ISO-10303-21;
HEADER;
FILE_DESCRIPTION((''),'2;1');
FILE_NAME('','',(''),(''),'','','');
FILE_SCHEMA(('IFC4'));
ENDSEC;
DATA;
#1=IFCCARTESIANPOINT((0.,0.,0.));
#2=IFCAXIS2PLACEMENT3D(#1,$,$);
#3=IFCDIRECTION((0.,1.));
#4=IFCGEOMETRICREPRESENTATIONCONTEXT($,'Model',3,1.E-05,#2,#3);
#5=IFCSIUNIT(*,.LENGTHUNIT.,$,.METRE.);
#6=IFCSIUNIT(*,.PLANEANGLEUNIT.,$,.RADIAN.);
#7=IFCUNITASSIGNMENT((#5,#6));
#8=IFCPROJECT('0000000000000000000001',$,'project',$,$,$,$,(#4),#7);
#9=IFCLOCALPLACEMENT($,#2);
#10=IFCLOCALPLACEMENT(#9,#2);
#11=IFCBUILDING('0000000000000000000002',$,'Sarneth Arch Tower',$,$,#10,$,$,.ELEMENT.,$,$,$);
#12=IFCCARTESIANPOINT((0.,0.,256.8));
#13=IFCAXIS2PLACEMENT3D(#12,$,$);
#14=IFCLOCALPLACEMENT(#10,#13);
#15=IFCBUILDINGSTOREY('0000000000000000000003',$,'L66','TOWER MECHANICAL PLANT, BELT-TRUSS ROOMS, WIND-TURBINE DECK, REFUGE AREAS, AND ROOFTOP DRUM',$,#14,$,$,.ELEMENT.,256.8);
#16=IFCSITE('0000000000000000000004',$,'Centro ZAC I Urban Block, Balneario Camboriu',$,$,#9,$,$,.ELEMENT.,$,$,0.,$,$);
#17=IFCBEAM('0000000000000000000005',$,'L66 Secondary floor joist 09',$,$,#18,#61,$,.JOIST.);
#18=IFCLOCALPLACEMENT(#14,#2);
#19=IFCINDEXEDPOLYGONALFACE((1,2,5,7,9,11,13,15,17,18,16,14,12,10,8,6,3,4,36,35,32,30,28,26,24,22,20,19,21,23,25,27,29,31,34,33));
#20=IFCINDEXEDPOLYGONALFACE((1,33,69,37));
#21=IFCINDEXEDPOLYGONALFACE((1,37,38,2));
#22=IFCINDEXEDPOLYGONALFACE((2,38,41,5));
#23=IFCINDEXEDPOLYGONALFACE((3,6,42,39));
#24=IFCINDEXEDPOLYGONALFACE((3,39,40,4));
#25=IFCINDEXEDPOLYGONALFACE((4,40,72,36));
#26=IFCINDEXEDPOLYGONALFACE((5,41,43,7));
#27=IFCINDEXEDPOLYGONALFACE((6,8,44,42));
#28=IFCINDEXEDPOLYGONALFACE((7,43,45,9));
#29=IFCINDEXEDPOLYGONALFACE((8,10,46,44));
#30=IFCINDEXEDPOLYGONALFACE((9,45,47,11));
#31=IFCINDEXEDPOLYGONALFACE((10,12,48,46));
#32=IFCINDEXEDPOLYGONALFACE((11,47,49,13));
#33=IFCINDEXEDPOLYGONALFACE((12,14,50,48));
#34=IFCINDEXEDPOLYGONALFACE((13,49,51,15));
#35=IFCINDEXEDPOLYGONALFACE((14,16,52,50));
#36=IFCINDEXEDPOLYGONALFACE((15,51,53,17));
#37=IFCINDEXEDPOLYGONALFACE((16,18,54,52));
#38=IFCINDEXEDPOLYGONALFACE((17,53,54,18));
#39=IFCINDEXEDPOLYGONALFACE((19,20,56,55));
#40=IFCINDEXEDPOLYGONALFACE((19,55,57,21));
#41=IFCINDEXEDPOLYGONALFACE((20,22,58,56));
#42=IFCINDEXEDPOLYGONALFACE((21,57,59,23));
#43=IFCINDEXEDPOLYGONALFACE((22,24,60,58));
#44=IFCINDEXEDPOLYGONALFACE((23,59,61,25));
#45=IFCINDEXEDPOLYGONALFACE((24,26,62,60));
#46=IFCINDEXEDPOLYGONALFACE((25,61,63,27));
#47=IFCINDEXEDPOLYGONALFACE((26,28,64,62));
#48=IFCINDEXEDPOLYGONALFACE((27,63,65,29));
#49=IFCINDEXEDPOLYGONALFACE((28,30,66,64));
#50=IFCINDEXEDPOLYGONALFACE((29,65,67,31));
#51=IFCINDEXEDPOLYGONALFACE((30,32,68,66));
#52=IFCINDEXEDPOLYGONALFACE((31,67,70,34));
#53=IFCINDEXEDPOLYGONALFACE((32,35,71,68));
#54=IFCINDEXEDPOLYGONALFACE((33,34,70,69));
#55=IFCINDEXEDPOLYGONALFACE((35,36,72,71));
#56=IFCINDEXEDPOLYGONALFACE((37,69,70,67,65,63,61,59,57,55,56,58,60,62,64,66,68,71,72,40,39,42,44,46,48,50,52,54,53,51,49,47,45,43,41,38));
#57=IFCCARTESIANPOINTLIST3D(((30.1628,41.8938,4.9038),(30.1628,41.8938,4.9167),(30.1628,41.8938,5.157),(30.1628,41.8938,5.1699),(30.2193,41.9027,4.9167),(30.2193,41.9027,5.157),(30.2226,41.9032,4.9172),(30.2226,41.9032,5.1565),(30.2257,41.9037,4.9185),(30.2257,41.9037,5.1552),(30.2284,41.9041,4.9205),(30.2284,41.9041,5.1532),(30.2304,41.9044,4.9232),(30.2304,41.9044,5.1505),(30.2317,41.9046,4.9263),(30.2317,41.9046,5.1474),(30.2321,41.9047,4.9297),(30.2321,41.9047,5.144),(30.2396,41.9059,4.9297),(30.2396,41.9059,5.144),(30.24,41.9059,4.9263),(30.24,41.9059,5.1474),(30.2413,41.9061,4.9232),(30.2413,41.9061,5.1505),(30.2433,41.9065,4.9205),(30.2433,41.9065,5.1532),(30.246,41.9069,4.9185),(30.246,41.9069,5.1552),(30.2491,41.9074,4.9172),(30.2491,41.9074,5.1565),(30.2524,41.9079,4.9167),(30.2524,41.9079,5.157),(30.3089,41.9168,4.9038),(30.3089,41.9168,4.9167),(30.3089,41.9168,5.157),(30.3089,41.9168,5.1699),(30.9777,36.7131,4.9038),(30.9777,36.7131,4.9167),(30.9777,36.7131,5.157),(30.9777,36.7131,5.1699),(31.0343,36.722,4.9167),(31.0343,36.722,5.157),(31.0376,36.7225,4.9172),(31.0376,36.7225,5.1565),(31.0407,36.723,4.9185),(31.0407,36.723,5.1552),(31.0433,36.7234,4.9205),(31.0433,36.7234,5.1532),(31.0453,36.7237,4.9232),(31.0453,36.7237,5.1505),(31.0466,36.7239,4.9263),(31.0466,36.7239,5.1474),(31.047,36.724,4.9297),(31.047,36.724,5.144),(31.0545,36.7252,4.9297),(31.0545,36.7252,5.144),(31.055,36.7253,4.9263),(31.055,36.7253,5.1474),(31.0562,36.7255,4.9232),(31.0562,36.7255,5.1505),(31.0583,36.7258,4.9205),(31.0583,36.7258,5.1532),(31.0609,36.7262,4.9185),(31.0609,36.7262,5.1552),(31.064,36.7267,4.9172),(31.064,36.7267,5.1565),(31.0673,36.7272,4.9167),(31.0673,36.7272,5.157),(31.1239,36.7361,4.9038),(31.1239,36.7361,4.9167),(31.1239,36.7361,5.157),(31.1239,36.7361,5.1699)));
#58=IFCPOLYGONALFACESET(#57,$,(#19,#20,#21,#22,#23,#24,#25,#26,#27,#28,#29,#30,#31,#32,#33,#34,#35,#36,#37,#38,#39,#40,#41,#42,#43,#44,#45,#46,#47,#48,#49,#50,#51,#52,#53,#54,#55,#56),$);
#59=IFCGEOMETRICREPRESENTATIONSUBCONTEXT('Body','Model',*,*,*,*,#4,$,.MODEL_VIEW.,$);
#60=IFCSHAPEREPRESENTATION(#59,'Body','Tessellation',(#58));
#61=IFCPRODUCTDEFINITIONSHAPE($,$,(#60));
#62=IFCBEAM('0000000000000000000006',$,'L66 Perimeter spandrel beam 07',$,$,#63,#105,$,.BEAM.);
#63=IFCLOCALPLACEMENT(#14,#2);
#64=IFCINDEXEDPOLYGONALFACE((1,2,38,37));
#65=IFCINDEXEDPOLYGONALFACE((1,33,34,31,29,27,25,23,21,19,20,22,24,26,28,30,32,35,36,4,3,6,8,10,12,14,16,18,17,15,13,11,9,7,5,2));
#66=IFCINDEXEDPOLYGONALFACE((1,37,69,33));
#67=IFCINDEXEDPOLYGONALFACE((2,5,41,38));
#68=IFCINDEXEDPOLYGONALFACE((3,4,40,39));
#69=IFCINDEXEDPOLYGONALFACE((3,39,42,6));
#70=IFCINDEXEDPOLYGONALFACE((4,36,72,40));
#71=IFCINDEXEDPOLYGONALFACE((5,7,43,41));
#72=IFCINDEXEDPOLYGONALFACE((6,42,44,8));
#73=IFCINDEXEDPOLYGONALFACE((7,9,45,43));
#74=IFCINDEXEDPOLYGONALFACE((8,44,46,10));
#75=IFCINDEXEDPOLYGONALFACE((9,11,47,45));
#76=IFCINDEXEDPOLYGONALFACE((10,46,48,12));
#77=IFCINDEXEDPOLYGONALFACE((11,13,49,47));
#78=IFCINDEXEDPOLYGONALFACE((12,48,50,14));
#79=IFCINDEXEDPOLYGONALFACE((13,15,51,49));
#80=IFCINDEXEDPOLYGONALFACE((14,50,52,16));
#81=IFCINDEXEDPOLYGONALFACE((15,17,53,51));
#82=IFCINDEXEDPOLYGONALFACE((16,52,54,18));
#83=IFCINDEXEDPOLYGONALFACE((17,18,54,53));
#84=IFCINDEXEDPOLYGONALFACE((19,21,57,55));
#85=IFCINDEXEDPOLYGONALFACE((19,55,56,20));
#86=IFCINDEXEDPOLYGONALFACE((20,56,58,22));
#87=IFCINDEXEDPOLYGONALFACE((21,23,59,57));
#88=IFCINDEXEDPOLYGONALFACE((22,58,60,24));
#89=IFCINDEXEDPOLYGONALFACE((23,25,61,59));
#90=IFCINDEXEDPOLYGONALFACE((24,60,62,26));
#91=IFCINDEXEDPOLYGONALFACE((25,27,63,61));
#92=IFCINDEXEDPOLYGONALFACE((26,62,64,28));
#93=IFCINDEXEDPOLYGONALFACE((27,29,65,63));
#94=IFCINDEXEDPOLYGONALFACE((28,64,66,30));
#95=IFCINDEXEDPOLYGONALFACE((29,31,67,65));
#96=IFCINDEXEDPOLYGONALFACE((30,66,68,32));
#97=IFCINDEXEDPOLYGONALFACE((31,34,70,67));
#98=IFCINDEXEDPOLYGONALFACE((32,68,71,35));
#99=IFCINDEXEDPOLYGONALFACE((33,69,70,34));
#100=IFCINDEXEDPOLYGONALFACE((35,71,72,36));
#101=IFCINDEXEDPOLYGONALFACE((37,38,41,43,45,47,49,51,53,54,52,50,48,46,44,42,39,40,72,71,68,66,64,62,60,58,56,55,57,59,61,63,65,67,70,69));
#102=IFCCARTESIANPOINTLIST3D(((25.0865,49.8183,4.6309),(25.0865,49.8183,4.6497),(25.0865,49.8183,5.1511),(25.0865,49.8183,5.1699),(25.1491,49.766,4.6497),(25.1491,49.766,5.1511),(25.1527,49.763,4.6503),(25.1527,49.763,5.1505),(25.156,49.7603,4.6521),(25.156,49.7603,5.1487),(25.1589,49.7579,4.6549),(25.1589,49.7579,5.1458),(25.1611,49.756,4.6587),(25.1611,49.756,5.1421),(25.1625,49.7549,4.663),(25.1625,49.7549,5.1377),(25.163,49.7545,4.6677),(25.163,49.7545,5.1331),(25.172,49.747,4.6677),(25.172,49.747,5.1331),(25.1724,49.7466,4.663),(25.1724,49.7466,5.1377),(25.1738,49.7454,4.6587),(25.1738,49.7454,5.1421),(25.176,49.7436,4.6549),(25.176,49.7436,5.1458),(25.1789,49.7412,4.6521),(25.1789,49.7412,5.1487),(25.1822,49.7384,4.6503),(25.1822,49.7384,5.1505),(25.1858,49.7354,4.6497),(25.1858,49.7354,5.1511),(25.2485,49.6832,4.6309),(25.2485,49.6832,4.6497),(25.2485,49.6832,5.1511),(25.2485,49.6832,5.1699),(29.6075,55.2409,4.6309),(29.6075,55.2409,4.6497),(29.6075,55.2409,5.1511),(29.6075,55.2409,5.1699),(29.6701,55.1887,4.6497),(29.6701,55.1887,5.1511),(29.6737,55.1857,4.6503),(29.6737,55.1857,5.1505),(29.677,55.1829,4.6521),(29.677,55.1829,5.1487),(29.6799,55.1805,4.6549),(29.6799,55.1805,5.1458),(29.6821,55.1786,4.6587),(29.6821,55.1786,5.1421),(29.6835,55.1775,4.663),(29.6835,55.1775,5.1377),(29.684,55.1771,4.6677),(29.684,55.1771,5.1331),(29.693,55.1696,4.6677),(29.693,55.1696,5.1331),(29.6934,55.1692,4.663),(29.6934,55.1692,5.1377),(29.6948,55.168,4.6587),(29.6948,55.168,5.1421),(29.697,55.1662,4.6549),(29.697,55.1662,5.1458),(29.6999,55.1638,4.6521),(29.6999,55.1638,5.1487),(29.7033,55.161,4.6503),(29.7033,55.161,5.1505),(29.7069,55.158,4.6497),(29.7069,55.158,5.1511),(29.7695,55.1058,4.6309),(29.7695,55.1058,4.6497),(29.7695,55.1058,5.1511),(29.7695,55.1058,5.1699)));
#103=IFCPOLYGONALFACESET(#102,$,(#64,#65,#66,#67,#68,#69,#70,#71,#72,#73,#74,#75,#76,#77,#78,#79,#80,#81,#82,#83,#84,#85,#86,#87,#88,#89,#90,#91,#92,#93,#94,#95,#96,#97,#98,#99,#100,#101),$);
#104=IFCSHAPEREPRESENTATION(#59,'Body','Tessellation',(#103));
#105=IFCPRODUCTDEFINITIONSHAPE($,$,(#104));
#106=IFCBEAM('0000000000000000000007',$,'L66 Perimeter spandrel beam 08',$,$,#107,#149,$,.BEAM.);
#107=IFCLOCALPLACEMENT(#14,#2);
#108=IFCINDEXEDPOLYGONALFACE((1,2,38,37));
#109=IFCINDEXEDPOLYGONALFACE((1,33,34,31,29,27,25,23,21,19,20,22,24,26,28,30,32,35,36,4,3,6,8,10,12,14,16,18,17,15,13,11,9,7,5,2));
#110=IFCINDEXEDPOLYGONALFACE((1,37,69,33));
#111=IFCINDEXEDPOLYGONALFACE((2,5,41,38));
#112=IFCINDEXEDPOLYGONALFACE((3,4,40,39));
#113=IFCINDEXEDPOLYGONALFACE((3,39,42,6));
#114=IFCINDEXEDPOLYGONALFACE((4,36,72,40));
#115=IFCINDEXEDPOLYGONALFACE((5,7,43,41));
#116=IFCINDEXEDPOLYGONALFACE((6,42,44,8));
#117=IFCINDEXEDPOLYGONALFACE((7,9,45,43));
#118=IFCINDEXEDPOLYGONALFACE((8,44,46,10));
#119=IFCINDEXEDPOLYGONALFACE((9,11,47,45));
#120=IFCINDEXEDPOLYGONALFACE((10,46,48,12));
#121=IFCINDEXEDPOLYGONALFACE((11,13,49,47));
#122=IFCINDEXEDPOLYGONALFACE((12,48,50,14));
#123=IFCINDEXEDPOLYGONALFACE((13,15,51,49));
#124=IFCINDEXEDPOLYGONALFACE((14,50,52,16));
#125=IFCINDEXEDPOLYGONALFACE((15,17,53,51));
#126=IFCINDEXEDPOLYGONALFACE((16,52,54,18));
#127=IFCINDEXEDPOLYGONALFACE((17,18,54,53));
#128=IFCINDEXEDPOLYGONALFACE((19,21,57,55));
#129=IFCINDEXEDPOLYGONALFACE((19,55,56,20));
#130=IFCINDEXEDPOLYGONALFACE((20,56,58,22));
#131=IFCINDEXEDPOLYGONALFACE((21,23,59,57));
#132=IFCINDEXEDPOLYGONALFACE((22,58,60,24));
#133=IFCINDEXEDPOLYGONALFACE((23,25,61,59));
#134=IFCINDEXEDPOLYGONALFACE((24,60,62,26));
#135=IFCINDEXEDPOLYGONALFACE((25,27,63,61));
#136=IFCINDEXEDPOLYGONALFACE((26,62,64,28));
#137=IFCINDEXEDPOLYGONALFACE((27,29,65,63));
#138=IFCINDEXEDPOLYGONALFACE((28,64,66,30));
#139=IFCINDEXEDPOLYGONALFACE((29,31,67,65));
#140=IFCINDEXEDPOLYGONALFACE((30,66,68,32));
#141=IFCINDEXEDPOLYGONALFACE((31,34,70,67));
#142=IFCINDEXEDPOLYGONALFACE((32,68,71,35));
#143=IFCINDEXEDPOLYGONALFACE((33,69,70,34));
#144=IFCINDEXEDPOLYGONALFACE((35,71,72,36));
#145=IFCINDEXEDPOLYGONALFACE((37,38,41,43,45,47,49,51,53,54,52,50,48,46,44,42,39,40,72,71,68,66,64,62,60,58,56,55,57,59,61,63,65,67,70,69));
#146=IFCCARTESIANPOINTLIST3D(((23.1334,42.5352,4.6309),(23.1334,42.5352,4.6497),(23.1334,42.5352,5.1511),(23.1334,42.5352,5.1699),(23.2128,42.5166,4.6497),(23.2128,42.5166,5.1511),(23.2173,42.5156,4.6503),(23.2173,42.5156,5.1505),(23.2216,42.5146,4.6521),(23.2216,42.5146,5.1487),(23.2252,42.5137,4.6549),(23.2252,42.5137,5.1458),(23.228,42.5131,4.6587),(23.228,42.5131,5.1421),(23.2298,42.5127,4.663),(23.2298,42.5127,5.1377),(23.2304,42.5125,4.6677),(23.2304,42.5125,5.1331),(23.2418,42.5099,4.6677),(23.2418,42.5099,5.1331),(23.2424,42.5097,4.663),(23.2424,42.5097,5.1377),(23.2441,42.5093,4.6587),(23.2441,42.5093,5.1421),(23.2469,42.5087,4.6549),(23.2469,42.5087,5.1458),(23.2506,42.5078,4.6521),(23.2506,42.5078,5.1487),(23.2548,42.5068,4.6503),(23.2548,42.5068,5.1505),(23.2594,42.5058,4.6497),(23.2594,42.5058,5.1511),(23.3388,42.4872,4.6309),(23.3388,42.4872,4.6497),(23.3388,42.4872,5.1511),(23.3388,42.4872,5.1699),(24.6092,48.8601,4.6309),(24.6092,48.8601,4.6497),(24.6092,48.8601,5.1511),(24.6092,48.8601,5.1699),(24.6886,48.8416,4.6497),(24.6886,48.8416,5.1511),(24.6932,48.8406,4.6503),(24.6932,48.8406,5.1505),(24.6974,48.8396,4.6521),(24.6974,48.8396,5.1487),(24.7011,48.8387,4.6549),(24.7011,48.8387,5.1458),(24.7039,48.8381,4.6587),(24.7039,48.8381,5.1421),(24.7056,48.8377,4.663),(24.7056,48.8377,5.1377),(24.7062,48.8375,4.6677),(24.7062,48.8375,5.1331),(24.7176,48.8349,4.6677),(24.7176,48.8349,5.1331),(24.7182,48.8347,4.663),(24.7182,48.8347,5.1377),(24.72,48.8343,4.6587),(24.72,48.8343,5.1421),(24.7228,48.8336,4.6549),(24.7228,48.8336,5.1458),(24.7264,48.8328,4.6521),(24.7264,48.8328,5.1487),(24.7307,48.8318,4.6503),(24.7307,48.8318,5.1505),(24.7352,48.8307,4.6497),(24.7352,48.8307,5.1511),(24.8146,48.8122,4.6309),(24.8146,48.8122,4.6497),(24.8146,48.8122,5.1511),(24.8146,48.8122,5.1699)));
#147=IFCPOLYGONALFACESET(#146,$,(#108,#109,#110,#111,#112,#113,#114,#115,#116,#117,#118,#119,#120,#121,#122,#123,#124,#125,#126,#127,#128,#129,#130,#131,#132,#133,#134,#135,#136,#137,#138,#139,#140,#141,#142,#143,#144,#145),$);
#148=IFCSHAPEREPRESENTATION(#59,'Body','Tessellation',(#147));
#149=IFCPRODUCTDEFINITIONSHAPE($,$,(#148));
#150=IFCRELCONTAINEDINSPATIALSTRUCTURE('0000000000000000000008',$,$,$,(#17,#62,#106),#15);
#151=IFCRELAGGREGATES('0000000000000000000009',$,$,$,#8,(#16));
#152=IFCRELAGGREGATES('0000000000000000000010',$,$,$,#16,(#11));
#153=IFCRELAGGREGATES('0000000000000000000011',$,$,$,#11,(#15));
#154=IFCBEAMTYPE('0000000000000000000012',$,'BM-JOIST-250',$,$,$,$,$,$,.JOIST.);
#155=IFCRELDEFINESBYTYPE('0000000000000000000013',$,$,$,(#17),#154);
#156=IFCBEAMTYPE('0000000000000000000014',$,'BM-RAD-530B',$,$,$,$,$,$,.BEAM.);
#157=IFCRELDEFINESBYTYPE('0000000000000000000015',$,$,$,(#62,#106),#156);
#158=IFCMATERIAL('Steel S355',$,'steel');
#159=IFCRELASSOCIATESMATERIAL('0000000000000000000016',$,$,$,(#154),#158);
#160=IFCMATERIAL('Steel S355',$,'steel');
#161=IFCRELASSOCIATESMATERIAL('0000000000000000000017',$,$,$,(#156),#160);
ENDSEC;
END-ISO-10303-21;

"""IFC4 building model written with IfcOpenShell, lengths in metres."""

from ifc_helpers import new_model, si_unit, direction, frame, origin, origin_2d, place, context, subcontext, project, spatial, i_section, extrude, material, material_profile, profile_set, type_object, element, save


model = new_model("IFC4")

# Units and contexts
model_context = context("Model", 3, precision=1e-05, world=origin(), true_north=direction((0.0, 1.0)))
body_context = subcontext(model_context, "Body", "Model", "MODEL_VIEW")
ifc_project = project(units=[si_unit("LENGTHUNIT", "METRE"), si_unit("PLANEANGLEUNIT", "RADIAN")], contexts=[model_context])

# Site, building, storey
site_placement = place(None, origin())
site = spatial("IfcSite", under=ifc_project, at=site_placement, Name="Centro ZAC I Urban Block, Balneario Camboriu", CompositionType="ELEMENT", RefElevation=0.0)
building_placement = place(site_placement, origin())
building = spatial("IfcBuilding", under=site, at=building_placement, Name="Sarneth Arch Tower", CompositionType="ELEMENT")
storey_placement = place(building_placement, frame((0.0, 0.0, 256.8)))
storey = spatial("IfcBuildingStorey", under=building, at=storey_placement, Name="L66", Description="TOWER MECHANICAL PLANT, BELT-TRUSS ROOMS, WIND-TURBINE DECK, REFUGE AREAS, AND ROOFTOP DRUM", CompositionType="ELEMENT", Elevation=256.8)

# Beams
ifc_material_1 = material(Name="Steel S355", Category="steel")
ifc_material_profile_1 = material_profile(ifc_material_1, i_section(OverallWidth=0.1479, OverallDepth=0.2661, WebThickness=0.0076, FlangeThickness=0.0129, FilletRadius=0.0129, at=origin_2d()), Name="W250x44.8")
ifc_profile_set_1 = profile_set([ifc_material_profile_1], Name="Steel S355")
beam_type_1 = type_object("IfcBeamType", Name="BM-JOIST-250", PredefinedType="JOIST", material=ifc_profile_set_1)
for number, where, z_axis, x_axis, name in (
    (1, (30.2358, 41.9053, 5.0369), (0.155394, -0.987853, 0.0), (0.987853, 0.155394, 0.0), "L66 Secondary floor joist 09"),
):
    element("IfcBeam", number, at=place(storey_placement, frame(where, z_axis=z_axis, x_axis=x_axis)), inside=storey, type_object=beam_type_1, Name=name, PredefinedType="JOIST", context=body_context, shape_type="SweptSolid", body=[
        extrude(i_section(OverallWidth=0.1479, OverallDepth=0.2661, WebThickness=0.0076, FlangeThickness=0.0129, FilletRadius=0.0129, at=origin_2d()), origin(), (0.0, 0.0, 1.0), 5.2444),
    ])
ifc_material_2 = material(Name="Steel S355", Category="steel")
ifc_material_profile_2 = material_profile(ifc_material_2, i_section(OverallWidth=0.2109, OverallDepth=0.5391, WebThickness=0.0117, FlangeThickness=0.0188, FilletRadius=0.0181, at=origin_2d()), Name="W530x109")
ifc_profile_set_2 = profile_set([ifc_material_profile_2], Name="Steel S355")
beam_type_2 = type_object("IfcBeamType", Name="BM-RAD-530B", PredefinedType="BEAM", material=ifc_profile_set_2)
beam_1_placement = place(storey_placement, frame((29.6885, 55.1733, 4.9004), z_axis=(-0.640365, -0.768071, 0.0), x_axis=(0.768071, -0.640365, 0.0)))
element("IfcBeam", 2, at=beam_1_placement, inside=storey, type_object=beam_type_2, Name="L66 Perimeter spandrel beam 07", PredefinedType="BEAM", context=body_context, shape_type="SweptSolid", body=[
    extrude(i_section(OverallWidth=0.2109, OverallDepth=0.5391, WebThickness=0.0117, FlangeThickness=0.0188, FilletRadius=0.0181, at=origin_2d()), origin(), (0.0, 0.0, 1.0), 7.0601),
])
beam_2_placement = place(storey_placement, frame((24.7119, 48.8362, 4.9004), z_axis=(-0.227231, -0.973841, 0.0), x_axis=(0.973841, -0.227231, 0.0)))
element("IfcBeam", 3, at=beam_2_placement, inside=storey, type_object=beam_type_2, Name="L66 Perimeter spandrel beam 08", PredefinedType="BEAM", context=body_context, shape_type="SweptSolid", body=[
    extrude(i_section(OverallWidth=0.2109, OverallDepth=0.5391, WebThickness=0.0117, FlangeThickness=0.0188, FilletRadius=0.0181, at=origin_2d()), origin(), (0.0, 0.0, 1.0), 6.4949),
])

save(model, "model.ifc")
